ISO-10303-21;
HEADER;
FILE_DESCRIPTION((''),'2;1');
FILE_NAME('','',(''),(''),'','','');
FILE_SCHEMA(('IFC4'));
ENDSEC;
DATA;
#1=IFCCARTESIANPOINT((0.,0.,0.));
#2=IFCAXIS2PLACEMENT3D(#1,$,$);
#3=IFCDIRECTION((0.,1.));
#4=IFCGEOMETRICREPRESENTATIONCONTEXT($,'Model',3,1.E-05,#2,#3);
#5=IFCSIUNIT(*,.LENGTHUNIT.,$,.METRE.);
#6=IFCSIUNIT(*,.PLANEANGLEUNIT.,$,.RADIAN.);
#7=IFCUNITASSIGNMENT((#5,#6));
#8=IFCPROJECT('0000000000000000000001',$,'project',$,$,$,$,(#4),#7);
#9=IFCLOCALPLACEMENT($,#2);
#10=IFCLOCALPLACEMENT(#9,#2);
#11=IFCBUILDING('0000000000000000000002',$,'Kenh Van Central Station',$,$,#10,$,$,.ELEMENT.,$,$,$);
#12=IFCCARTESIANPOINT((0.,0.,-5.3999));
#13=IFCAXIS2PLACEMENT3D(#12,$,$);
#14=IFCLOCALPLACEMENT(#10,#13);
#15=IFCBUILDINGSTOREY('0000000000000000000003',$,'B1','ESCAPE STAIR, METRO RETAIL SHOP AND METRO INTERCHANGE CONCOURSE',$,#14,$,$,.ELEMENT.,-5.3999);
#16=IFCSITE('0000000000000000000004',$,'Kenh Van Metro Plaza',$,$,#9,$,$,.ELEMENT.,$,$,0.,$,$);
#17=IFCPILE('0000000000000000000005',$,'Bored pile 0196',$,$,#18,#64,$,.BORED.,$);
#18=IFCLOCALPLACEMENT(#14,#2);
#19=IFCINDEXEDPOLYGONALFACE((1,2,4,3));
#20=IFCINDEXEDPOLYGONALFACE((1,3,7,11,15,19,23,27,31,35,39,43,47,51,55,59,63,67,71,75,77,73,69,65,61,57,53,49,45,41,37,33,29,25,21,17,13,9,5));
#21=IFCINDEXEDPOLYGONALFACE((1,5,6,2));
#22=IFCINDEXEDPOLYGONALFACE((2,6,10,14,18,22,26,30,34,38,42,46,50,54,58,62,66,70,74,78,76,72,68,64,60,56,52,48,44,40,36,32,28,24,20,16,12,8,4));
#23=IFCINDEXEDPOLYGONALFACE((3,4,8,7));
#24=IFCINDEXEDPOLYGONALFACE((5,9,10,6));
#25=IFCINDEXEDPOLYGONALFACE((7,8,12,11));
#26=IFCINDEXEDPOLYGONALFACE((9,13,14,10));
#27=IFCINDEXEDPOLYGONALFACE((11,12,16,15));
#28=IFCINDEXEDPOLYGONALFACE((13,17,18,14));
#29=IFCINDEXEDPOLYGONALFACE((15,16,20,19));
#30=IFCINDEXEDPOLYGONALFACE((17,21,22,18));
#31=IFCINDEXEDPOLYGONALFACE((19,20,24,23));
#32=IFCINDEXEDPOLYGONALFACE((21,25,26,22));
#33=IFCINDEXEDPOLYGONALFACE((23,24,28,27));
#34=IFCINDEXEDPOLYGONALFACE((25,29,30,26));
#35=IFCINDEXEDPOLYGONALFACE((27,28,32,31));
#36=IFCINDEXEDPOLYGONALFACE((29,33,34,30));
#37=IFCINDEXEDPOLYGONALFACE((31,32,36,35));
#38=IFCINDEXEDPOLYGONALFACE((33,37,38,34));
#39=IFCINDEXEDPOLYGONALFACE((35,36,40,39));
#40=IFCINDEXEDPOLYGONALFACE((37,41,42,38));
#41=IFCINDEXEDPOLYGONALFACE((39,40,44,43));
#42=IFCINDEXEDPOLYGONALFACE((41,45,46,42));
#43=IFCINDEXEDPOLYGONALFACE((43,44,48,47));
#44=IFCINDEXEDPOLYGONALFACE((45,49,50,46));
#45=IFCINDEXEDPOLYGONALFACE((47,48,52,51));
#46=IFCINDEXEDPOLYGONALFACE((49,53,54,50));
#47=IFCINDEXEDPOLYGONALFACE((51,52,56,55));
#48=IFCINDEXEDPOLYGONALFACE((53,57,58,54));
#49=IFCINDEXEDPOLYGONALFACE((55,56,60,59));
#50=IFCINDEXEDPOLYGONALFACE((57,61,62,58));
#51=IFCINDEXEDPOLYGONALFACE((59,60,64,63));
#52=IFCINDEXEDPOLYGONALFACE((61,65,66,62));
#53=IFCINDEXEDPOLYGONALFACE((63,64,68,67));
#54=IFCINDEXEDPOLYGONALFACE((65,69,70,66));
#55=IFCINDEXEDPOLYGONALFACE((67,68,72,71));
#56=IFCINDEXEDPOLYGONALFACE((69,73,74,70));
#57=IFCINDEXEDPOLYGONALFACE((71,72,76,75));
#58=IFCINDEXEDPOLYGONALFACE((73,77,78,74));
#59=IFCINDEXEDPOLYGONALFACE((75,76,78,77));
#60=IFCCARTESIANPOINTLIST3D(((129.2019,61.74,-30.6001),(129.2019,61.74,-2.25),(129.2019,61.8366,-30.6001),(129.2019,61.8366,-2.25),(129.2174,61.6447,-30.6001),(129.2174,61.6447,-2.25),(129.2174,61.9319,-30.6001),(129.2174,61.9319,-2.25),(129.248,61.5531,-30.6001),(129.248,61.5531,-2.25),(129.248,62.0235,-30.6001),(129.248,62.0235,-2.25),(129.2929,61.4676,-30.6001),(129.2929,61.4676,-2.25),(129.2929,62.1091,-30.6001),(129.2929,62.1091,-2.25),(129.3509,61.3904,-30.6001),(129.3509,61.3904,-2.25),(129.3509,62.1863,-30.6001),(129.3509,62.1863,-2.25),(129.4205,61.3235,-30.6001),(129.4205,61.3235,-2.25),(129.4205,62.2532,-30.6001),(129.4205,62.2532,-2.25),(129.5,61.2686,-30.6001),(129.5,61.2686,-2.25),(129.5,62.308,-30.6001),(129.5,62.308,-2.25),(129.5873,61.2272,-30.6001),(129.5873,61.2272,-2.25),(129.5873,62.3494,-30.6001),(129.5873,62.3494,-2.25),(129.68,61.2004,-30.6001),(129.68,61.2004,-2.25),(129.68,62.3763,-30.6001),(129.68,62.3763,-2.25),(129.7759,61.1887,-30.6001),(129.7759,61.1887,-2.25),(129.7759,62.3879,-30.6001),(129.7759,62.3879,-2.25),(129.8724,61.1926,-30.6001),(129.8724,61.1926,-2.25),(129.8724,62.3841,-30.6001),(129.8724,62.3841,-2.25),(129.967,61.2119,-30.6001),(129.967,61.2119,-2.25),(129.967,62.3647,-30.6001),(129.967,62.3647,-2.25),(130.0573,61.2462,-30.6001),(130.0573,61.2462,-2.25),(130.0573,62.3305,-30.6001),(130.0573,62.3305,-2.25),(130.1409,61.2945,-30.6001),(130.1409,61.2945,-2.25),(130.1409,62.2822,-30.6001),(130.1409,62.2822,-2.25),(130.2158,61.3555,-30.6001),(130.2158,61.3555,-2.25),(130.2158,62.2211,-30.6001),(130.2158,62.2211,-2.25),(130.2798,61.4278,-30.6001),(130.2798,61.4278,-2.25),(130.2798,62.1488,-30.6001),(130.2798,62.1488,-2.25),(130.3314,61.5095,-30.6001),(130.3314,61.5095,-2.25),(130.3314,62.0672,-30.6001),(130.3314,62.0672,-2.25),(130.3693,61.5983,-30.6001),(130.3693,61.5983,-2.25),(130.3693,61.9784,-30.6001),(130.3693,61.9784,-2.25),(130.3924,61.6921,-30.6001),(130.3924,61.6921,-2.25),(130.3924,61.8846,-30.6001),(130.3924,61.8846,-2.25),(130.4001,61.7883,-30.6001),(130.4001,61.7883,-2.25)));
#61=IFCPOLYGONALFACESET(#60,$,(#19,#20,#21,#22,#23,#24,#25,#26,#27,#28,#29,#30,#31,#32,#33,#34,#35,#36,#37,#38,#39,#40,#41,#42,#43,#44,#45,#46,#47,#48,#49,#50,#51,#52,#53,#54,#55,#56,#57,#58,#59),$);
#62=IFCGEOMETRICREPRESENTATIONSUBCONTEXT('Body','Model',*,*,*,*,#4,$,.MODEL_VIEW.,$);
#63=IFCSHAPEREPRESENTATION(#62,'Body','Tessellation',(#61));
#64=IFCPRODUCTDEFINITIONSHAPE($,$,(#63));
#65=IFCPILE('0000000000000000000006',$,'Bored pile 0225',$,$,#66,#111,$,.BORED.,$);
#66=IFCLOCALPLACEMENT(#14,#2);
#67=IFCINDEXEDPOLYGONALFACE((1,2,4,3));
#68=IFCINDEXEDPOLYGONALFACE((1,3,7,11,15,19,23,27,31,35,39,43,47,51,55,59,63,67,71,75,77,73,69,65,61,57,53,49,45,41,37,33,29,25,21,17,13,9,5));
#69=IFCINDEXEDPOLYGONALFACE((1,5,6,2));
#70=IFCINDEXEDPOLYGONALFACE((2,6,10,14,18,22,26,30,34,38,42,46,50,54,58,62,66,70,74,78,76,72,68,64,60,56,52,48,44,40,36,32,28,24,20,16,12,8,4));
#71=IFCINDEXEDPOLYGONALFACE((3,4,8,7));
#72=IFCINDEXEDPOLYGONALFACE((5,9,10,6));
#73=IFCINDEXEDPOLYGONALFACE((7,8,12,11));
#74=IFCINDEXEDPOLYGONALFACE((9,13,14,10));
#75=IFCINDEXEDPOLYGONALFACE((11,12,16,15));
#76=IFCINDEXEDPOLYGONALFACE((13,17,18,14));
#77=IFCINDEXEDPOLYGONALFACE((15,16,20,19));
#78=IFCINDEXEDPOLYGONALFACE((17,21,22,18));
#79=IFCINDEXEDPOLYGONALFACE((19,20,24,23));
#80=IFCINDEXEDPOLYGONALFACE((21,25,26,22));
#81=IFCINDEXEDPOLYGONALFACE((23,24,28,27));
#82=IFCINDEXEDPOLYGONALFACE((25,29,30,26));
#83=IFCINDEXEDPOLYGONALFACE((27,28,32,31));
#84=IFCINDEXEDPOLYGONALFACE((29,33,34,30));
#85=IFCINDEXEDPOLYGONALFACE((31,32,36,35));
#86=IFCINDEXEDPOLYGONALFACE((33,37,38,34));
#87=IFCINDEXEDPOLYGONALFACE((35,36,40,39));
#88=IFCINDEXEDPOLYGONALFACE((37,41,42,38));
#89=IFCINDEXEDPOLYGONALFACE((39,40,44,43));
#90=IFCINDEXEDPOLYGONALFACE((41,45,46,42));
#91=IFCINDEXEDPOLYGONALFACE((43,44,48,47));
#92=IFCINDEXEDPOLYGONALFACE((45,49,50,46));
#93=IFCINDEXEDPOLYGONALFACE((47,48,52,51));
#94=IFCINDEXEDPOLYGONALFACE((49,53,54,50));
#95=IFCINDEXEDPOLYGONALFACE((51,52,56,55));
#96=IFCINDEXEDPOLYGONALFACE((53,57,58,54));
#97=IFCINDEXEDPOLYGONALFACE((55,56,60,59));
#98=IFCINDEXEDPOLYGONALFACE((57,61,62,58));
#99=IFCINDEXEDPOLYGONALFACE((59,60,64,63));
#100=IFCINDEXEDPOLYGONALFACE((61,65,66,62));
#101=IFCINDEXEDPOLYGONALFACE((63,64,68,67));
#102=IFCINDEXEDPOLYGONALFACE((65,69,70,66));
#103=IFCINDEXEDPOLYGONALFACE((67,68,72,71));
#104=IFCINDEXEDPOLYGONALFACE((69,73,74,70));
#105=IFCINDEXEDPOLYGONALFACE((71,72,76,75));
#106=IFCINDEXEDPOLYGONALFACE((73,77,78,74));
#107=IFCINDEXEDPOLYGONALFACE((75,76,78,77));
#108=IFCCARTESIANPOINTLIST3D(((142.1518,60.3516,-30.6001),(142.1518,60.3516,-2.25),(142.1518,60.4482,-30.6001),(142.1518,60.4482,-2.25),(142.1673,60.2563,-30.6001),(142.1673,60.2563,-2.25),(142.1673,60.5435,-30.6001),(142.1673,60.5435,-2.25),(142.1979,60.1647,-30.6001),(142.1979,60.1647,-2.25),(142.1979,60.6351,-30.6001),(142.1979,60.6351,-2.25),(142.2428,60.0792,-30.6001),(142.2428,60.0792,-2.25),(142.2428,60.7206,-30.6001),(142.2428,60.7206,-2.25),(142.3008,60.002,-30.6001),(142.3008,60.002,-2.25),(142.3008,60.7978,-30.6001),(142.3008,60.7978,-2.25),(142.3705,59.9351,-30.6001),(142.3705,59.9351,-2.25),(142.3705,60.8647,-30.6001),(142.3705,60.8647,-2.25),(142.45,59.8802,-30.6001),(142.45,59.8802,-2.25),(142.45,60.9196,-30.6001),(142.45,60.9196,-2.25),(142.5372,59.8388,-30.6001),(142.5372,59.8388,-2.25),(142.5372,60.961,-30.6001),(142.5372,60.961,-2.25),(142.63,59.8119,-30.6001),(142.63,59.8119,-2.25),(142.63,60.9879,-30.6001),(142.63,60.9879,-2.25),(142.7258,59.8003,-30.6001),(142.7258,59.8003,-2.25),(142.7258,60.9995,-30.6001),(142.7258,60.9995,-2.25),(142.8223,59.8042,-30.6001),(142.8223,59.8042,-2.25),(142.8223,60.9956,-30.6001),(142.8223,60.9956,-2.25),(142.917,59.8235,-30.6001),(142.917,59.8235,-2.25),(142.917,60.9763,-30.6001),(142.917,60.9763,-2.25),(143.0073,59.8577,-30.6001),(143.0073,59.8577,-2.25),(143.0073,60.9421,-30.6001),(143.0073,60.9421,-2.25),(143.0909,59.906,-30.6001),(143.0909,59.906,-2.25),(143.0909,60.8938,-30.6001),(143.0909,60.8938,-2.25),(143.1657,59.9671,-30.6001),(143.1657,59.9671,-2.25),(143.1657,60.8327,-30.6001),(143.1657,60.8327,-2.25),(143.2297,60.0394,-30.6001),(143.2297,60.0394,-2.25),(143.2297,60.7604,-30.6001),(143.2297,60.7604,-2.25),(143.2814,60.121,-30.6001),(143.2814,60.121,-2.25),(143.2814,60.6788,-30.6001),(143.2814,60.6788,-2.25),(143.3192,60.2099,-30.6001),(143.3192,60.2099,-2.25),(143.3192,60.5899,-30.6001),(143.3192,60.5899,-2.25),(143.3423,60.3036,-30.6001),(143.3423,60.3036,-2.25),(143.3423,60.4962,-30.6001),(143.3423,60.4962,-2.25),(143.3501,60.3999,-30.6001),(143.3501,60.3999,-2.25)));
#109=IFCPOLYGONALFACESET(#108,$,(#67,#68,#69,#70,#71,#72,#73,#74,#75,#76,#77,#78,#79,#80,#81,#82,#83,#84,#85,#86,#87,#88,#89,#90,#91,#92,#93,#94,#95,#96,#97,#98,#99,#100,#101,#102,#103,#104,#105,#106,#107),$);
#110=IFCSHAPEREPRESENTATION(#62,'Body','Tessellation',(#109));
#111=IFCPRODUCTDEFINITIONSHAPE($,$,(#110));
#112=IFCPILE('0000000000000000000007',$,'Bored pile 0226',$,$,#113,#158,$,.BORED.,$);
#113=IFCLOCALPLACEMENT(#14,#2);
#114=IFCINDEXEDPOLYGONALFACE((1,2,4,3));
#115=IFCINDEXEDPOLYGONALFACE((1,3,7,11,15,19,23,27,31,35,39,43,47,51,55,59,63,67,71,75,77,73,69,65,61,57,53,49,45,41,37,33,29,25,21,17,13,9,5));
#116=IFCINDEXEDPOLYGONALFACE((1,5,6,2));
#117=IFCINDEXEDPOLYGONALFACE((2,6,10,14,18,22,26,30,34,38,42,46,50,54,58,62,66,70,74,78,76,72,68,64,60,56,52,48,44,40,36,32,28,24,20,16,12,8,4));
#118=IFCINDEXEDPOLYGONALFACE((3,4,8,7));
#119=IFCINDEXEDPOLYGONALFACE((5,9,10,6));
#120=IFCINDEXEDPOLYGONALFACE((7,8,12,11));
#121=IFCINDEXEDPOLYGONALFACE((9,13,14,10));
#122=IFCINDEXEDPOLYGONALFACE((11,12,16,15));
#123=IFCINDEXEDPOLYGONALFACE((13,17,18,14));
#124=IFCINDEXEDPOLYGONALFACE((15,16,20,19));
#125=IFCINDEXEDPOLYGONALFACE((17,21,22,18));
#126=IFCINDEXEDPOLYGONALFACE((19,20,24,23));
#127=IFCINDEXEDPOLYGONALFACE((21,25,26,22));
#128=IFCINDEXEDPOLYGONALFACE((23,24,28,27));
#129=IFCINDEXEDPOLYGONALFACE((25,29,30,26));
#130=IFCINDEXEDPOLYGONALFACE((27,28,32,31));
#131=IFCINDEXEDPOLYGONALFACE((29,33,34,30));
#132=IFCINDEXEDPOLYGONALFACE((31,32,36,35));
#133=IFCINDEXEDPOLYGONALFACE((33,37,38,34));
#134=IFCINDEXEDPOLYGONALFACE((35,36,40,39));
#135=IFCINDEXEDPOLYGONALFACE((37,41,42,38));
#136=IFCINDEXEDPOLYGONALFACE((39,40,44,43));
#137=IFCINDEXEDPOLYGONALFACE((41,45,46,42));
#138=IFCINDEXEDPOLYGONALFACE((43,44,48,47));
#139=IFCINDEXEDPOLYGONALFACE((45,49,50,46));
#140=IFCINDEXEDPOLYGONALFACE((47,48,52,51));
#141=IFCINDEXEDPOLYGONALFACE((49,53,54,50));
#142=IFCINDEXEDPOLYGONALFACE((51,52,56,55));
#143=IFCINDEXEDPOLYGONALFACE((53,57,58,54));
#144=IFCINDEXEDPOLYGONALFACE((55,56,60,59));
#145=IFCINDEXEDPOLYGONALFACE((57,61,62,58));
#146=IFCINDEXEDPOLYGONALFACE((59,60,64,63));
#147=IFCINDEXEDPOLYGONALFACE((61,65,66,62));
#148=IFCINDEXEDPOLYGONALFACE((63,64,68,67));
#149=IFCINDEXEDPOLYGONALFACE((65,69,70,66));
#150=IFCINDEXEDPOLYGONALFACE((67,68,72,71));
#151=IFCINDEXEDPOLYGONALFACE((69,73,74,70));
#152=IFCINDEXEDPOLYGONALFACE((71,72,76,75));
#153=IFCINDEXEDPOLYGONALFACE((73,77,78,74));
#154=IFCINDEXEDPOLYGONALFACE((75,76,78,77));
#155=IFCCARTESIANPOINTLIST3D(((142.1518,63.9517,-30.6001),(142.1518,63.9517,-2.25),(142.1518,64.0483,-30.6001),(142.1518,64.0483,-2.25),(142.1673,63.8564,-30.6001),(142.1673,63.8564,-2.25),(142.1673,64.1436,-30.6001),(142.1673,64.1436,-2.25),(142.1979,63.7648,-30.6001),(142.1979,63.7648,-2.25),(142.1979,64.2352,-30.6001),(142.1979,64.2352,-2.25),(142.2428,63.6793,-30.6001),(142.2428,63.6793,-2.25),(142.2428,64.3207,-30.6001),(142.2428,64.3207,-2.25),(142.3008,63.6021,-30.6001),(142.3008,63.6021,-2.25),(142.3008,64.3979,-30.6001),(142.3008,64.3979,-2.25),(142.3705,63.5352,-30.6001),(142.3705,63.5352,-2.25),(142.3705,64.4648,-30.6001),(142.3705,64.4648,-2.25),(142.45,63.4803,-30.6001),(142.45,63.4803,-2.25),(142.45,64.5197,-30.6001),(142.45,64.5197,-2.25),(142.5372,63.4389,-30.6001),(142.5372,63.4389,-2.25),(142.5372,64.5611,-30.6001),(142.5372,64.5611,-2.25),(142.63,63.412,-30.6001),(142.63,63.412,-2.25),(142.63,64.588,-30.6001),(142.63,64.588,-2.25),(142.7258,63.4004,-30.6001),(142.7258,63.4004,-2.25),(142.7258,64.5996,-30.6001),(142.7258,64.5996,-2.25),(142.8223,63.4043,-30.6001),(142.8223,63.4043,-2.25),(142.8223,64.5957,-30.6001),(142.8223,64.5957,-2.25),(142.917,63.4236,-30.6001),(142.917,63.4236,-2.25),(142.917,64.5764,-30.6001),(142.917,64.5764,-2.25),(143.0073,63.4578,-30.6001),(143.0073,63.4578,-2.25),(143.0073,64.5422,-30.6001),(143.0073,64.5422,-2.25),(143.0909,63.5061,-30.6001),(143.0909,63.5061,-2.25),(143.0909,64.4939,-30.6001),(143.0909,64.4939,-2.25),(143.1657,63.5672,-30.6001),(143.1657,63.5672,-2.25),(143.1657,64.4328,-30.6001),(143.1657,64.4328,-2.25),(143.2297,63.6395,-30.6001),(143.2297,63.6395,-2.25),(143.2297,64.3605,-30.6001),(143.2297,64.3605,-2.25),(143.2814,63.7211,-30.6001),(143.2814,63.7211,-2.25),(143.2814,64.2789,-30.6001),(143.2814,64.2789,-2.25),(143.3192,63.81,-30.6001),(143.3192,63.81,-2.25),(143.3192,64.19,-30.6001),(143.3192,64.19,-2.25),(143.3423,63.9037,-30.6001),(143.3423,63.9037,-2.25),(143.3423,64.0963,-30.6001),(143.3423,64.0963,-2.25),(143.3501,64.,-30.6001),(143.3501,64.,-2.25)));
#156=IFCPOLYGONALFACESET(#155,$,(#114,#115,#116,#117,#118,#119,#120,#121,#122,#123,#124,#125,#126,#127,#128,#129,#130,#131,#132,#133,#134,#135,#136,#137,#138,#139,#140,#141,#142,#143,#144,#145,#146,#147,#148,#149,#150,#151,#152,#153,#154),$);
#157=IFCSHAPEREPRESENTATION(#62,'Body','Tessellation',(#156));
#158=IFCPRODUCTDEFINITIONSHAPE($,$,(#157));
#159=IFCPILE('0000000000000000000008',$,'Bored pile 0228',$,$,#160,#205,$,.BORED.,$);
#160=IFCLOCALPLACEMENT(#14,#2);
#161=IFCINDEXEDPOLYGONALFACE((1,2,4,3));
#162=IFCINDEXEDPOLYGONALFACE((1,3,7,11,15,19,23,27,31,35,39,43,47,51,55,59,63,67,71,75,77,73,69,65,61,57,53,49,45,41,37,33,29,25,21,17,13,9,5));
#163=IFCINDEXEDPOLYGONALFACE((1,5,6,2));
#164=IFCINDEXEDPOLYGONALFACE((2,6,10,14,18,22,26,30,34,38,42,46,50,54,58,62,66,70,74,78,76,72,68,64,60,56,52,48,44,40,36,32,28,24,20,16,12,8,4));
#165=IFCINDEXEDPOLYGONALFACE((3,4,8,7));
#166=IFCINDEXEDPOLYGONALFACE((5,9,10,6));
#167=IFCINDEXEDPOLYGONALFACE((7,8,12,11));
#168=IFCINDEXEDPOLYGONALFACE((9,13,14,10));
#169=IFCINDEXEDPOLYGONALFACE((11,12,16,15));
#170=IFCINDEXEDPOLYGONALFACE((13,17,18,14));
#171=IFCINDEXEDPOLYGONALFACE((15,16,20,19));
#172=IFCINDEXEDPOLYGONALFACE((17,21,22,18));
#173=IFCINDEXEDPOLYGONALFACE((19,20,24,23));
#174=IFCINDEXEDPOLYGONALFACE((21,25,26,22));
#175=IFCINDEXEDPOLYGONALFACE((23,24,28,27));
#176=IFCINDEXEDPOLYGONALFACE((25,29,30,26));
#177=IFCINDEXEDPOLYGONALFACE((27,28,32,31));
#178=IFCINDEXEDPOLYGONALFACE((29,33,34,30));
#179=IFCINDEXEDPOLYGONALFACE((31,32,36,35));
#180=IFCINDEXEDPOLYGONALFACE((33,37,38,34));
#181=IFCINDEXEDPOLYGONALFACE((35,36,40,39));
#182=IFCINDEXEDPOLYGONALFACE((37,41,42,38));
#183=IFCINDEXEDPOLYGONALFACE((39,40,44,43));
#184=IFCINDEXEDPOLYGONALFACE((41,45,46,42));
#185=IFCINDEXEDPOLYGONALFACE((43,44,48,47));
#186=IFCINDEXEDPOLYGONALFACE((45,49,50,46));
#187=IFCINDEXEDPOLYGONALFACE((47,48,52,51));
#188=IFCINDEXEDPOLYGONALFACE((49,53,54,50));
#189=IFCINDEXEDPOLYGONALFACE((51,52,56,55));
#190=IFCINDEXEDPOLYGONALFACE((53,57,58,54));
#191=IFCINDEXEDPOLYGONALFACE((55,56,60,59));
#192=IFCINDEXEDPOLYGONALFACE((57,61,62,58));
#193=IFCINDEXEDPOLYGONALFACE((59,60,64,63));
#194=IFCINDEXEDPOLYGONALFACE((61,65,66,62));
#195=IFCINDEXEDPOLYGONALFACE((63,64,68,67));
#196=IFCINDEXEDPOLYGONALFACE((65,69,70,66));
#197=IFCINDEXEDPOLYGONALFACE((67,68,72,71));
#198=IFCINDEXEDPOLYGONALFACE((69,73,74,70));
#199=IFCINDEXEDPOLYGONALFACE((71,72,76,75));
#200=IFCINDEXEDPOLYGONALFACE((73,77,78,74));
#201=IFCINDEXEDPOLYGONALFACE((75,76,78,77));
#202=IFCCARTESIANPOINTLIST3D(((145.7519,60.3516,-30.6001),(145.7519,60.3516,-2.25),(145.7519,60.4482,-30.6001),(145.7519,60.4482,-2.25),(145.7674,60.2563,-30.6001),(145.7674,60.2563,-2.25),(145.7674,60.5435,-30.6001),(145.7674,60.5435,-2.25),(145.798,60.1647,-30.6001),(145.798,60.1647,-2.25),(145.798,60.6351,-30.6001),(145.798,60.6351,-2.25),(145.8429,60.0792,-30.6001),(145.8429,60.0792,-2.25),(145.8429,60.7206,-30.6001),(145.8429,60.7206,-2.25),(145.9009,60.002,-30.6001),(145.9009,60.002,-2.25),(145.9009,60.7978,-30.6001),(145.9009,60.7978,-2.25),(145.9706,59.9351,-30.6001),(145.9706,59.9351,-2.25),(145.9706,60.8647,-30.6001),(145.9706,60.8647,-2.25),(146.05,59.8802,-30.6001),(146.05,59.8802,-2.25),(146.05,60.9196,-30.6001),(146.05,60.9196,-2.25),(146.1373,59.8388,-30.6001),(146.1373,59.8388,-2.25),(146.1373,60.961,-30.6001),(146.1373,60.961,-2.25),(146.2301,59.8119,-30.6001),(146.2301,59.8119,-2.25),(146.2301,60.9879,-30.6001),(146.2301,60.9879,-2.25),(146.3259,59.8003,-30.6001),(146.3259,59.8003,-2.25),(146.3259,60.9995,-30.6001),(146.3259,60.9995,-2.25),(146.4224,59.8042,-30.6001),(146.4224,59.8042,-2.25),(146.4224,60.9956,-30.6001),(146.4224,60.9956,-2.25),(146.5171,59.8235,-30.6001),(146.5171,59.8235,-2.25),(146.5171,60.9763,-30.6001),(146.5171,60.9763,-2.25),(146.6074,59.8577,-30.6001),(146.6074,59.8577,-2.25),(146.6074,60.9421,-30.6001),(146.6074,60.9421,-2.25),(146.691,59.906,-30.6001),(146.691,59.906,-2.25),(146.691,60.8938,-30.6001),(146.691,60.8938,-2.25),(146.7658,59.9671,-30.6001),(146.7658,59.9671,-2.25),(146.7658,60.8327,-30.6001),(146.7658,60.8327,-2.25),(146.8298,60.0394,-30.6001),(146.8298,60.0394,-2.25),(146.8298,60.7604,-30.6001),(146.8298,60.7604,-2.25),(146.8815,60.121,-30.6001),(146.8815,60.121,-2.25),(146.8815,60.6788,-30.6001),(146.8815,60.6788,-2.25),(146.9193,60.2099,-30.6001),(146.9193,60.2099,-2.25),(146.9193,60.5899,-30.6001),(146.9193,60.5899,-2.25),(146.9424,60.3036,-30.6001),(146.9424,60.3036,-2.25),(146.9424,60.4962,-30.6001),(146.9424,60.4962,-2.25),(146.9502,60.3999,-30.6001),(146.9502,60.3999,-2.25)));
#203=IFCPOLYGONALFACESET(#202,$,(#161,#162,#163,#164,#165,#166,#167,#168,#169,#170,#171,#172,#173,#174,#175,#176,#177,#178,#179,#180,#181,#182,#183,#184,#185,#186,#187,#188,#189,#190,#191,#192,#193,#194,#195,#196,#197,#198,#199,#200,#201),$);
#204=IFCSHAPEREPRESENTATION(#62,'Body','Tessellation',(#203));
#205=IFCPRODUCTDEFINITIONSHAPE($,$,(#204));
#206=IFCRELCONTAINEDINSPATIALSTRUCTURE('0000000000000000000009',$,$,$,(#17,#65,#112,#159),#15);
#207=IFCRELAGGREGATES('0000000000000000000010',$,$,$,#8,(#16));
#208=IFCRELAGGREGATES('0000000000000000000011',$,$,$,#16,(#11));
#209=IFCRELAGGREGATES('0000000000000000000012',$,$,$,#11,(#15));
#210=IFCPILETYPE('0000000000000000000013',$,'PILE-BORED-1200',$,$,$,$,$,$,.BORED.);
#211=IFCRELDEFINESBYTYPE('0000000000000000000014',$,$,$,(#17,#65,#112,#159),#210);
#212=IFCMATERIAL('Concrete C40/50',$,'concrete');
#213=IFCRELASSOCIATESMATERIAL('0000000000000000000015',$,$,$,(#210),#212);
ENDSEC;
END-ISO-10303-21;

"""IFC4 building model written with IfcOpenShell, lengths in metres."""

from ifc_helpers import new_model, si_unit, direction, frame, origin, origin_2d, place, context, subcontext, project, spatial, circle, extrude, material, material_profile, profile_set, type_object, element, save


model = new_model("IFC4")

# Units and contexts
model_context = context("Model", 3, precision=1e-05, world=origin(), true_north=direction((0.0, 1.0)))
body_context = subcontext(model_context, "Body", "Model", "MODEL_VIEW")
ifc_project = project(units=[si_unit("LENGTHUNIT", "METRE"), si_unit("PLANEANGLEUNIT", "RADIAN")], contexts=[model_context])

# Site, building, storey
site_placement = place(None, origin())
site = spatial("IfcSite", under=ifc_project, at=site_placement, Name="Kenh Van Metro Plaza", CompositionType="ELEMENT", RefElevation=0.0)
building_placement = place(site_placement, origin())
building = spatial("IfcBuilding", under=site, at=building_placement, Name="Kenh Van Central Station", CompositionType="ELEMENT")
storey_placement = place(building_placement, frame((0.0, 0.0, -5.3999)))
storey = spatial("IfcBuildingStorey", under=building, at=storey_placement, Name="B1", Description="ESCAPE STAIR, METRO RETAIL SHOP AND METRO INTERCHANGE CONCOURSE", CompositionType="ELEMENT", Elevation=-5.3999)

# Shared definitions
ifc_material_1 = material(Name="Concrete C40/50", Category="concrete")

# Piles
ifc_material_profile_1 = material_profile(ifc_material_1, circle(Radius=0.6001, at=origin_2d()), Name="PILE D1200")
ifc_profile_set_1 = profile_set([ifc_material_profile_1], Name="Concrete C40/50")
pile_type_1 = type_object("IfcPileType", Name="PILE-BORED-1200", PredefinedType="BORED", material=ifc_profile_set_1)
for number, where, z_axis, x_axis, name in (
    (1, (129.8, 61.7883, -2.25), (0.0, 0.0, -1.0), (1.0, 0.0, 0.0), "Bored pile 0196"),
    (2, (142.75, 60.3999, -2.25), (0.0, 0.0, -1.0), (1.0, 0.0, 0.0), "Bored pile 0225"),
    (3, (142.75, 64.0, -2.25), (0.0, 0.0, -1.0), (1.0, 0.0, 0.0), "Bored pile 0226"),
    (4, (146.3501, 60.3999, -2.25), (0.0, 0.0, -1.0), (1.0, 0.0, 0.0), "Bored pile 0228"),
):
    element("IfcPile", number, at=place(storey_placement, frame(where, z_axis=z_axis, x_axis=x_axis)), inside=storey, type_object=pile_type_1, Name=name, PredefinedType="BORED", context=body_context, shape_type="SweptSolid", body=[
        extrude(circle(Radius=0.6001, at=origin_2d()), origin(), (0.0, 0.0, 1.0), 28.3501),
    ])

save(model, "model.ifc")
